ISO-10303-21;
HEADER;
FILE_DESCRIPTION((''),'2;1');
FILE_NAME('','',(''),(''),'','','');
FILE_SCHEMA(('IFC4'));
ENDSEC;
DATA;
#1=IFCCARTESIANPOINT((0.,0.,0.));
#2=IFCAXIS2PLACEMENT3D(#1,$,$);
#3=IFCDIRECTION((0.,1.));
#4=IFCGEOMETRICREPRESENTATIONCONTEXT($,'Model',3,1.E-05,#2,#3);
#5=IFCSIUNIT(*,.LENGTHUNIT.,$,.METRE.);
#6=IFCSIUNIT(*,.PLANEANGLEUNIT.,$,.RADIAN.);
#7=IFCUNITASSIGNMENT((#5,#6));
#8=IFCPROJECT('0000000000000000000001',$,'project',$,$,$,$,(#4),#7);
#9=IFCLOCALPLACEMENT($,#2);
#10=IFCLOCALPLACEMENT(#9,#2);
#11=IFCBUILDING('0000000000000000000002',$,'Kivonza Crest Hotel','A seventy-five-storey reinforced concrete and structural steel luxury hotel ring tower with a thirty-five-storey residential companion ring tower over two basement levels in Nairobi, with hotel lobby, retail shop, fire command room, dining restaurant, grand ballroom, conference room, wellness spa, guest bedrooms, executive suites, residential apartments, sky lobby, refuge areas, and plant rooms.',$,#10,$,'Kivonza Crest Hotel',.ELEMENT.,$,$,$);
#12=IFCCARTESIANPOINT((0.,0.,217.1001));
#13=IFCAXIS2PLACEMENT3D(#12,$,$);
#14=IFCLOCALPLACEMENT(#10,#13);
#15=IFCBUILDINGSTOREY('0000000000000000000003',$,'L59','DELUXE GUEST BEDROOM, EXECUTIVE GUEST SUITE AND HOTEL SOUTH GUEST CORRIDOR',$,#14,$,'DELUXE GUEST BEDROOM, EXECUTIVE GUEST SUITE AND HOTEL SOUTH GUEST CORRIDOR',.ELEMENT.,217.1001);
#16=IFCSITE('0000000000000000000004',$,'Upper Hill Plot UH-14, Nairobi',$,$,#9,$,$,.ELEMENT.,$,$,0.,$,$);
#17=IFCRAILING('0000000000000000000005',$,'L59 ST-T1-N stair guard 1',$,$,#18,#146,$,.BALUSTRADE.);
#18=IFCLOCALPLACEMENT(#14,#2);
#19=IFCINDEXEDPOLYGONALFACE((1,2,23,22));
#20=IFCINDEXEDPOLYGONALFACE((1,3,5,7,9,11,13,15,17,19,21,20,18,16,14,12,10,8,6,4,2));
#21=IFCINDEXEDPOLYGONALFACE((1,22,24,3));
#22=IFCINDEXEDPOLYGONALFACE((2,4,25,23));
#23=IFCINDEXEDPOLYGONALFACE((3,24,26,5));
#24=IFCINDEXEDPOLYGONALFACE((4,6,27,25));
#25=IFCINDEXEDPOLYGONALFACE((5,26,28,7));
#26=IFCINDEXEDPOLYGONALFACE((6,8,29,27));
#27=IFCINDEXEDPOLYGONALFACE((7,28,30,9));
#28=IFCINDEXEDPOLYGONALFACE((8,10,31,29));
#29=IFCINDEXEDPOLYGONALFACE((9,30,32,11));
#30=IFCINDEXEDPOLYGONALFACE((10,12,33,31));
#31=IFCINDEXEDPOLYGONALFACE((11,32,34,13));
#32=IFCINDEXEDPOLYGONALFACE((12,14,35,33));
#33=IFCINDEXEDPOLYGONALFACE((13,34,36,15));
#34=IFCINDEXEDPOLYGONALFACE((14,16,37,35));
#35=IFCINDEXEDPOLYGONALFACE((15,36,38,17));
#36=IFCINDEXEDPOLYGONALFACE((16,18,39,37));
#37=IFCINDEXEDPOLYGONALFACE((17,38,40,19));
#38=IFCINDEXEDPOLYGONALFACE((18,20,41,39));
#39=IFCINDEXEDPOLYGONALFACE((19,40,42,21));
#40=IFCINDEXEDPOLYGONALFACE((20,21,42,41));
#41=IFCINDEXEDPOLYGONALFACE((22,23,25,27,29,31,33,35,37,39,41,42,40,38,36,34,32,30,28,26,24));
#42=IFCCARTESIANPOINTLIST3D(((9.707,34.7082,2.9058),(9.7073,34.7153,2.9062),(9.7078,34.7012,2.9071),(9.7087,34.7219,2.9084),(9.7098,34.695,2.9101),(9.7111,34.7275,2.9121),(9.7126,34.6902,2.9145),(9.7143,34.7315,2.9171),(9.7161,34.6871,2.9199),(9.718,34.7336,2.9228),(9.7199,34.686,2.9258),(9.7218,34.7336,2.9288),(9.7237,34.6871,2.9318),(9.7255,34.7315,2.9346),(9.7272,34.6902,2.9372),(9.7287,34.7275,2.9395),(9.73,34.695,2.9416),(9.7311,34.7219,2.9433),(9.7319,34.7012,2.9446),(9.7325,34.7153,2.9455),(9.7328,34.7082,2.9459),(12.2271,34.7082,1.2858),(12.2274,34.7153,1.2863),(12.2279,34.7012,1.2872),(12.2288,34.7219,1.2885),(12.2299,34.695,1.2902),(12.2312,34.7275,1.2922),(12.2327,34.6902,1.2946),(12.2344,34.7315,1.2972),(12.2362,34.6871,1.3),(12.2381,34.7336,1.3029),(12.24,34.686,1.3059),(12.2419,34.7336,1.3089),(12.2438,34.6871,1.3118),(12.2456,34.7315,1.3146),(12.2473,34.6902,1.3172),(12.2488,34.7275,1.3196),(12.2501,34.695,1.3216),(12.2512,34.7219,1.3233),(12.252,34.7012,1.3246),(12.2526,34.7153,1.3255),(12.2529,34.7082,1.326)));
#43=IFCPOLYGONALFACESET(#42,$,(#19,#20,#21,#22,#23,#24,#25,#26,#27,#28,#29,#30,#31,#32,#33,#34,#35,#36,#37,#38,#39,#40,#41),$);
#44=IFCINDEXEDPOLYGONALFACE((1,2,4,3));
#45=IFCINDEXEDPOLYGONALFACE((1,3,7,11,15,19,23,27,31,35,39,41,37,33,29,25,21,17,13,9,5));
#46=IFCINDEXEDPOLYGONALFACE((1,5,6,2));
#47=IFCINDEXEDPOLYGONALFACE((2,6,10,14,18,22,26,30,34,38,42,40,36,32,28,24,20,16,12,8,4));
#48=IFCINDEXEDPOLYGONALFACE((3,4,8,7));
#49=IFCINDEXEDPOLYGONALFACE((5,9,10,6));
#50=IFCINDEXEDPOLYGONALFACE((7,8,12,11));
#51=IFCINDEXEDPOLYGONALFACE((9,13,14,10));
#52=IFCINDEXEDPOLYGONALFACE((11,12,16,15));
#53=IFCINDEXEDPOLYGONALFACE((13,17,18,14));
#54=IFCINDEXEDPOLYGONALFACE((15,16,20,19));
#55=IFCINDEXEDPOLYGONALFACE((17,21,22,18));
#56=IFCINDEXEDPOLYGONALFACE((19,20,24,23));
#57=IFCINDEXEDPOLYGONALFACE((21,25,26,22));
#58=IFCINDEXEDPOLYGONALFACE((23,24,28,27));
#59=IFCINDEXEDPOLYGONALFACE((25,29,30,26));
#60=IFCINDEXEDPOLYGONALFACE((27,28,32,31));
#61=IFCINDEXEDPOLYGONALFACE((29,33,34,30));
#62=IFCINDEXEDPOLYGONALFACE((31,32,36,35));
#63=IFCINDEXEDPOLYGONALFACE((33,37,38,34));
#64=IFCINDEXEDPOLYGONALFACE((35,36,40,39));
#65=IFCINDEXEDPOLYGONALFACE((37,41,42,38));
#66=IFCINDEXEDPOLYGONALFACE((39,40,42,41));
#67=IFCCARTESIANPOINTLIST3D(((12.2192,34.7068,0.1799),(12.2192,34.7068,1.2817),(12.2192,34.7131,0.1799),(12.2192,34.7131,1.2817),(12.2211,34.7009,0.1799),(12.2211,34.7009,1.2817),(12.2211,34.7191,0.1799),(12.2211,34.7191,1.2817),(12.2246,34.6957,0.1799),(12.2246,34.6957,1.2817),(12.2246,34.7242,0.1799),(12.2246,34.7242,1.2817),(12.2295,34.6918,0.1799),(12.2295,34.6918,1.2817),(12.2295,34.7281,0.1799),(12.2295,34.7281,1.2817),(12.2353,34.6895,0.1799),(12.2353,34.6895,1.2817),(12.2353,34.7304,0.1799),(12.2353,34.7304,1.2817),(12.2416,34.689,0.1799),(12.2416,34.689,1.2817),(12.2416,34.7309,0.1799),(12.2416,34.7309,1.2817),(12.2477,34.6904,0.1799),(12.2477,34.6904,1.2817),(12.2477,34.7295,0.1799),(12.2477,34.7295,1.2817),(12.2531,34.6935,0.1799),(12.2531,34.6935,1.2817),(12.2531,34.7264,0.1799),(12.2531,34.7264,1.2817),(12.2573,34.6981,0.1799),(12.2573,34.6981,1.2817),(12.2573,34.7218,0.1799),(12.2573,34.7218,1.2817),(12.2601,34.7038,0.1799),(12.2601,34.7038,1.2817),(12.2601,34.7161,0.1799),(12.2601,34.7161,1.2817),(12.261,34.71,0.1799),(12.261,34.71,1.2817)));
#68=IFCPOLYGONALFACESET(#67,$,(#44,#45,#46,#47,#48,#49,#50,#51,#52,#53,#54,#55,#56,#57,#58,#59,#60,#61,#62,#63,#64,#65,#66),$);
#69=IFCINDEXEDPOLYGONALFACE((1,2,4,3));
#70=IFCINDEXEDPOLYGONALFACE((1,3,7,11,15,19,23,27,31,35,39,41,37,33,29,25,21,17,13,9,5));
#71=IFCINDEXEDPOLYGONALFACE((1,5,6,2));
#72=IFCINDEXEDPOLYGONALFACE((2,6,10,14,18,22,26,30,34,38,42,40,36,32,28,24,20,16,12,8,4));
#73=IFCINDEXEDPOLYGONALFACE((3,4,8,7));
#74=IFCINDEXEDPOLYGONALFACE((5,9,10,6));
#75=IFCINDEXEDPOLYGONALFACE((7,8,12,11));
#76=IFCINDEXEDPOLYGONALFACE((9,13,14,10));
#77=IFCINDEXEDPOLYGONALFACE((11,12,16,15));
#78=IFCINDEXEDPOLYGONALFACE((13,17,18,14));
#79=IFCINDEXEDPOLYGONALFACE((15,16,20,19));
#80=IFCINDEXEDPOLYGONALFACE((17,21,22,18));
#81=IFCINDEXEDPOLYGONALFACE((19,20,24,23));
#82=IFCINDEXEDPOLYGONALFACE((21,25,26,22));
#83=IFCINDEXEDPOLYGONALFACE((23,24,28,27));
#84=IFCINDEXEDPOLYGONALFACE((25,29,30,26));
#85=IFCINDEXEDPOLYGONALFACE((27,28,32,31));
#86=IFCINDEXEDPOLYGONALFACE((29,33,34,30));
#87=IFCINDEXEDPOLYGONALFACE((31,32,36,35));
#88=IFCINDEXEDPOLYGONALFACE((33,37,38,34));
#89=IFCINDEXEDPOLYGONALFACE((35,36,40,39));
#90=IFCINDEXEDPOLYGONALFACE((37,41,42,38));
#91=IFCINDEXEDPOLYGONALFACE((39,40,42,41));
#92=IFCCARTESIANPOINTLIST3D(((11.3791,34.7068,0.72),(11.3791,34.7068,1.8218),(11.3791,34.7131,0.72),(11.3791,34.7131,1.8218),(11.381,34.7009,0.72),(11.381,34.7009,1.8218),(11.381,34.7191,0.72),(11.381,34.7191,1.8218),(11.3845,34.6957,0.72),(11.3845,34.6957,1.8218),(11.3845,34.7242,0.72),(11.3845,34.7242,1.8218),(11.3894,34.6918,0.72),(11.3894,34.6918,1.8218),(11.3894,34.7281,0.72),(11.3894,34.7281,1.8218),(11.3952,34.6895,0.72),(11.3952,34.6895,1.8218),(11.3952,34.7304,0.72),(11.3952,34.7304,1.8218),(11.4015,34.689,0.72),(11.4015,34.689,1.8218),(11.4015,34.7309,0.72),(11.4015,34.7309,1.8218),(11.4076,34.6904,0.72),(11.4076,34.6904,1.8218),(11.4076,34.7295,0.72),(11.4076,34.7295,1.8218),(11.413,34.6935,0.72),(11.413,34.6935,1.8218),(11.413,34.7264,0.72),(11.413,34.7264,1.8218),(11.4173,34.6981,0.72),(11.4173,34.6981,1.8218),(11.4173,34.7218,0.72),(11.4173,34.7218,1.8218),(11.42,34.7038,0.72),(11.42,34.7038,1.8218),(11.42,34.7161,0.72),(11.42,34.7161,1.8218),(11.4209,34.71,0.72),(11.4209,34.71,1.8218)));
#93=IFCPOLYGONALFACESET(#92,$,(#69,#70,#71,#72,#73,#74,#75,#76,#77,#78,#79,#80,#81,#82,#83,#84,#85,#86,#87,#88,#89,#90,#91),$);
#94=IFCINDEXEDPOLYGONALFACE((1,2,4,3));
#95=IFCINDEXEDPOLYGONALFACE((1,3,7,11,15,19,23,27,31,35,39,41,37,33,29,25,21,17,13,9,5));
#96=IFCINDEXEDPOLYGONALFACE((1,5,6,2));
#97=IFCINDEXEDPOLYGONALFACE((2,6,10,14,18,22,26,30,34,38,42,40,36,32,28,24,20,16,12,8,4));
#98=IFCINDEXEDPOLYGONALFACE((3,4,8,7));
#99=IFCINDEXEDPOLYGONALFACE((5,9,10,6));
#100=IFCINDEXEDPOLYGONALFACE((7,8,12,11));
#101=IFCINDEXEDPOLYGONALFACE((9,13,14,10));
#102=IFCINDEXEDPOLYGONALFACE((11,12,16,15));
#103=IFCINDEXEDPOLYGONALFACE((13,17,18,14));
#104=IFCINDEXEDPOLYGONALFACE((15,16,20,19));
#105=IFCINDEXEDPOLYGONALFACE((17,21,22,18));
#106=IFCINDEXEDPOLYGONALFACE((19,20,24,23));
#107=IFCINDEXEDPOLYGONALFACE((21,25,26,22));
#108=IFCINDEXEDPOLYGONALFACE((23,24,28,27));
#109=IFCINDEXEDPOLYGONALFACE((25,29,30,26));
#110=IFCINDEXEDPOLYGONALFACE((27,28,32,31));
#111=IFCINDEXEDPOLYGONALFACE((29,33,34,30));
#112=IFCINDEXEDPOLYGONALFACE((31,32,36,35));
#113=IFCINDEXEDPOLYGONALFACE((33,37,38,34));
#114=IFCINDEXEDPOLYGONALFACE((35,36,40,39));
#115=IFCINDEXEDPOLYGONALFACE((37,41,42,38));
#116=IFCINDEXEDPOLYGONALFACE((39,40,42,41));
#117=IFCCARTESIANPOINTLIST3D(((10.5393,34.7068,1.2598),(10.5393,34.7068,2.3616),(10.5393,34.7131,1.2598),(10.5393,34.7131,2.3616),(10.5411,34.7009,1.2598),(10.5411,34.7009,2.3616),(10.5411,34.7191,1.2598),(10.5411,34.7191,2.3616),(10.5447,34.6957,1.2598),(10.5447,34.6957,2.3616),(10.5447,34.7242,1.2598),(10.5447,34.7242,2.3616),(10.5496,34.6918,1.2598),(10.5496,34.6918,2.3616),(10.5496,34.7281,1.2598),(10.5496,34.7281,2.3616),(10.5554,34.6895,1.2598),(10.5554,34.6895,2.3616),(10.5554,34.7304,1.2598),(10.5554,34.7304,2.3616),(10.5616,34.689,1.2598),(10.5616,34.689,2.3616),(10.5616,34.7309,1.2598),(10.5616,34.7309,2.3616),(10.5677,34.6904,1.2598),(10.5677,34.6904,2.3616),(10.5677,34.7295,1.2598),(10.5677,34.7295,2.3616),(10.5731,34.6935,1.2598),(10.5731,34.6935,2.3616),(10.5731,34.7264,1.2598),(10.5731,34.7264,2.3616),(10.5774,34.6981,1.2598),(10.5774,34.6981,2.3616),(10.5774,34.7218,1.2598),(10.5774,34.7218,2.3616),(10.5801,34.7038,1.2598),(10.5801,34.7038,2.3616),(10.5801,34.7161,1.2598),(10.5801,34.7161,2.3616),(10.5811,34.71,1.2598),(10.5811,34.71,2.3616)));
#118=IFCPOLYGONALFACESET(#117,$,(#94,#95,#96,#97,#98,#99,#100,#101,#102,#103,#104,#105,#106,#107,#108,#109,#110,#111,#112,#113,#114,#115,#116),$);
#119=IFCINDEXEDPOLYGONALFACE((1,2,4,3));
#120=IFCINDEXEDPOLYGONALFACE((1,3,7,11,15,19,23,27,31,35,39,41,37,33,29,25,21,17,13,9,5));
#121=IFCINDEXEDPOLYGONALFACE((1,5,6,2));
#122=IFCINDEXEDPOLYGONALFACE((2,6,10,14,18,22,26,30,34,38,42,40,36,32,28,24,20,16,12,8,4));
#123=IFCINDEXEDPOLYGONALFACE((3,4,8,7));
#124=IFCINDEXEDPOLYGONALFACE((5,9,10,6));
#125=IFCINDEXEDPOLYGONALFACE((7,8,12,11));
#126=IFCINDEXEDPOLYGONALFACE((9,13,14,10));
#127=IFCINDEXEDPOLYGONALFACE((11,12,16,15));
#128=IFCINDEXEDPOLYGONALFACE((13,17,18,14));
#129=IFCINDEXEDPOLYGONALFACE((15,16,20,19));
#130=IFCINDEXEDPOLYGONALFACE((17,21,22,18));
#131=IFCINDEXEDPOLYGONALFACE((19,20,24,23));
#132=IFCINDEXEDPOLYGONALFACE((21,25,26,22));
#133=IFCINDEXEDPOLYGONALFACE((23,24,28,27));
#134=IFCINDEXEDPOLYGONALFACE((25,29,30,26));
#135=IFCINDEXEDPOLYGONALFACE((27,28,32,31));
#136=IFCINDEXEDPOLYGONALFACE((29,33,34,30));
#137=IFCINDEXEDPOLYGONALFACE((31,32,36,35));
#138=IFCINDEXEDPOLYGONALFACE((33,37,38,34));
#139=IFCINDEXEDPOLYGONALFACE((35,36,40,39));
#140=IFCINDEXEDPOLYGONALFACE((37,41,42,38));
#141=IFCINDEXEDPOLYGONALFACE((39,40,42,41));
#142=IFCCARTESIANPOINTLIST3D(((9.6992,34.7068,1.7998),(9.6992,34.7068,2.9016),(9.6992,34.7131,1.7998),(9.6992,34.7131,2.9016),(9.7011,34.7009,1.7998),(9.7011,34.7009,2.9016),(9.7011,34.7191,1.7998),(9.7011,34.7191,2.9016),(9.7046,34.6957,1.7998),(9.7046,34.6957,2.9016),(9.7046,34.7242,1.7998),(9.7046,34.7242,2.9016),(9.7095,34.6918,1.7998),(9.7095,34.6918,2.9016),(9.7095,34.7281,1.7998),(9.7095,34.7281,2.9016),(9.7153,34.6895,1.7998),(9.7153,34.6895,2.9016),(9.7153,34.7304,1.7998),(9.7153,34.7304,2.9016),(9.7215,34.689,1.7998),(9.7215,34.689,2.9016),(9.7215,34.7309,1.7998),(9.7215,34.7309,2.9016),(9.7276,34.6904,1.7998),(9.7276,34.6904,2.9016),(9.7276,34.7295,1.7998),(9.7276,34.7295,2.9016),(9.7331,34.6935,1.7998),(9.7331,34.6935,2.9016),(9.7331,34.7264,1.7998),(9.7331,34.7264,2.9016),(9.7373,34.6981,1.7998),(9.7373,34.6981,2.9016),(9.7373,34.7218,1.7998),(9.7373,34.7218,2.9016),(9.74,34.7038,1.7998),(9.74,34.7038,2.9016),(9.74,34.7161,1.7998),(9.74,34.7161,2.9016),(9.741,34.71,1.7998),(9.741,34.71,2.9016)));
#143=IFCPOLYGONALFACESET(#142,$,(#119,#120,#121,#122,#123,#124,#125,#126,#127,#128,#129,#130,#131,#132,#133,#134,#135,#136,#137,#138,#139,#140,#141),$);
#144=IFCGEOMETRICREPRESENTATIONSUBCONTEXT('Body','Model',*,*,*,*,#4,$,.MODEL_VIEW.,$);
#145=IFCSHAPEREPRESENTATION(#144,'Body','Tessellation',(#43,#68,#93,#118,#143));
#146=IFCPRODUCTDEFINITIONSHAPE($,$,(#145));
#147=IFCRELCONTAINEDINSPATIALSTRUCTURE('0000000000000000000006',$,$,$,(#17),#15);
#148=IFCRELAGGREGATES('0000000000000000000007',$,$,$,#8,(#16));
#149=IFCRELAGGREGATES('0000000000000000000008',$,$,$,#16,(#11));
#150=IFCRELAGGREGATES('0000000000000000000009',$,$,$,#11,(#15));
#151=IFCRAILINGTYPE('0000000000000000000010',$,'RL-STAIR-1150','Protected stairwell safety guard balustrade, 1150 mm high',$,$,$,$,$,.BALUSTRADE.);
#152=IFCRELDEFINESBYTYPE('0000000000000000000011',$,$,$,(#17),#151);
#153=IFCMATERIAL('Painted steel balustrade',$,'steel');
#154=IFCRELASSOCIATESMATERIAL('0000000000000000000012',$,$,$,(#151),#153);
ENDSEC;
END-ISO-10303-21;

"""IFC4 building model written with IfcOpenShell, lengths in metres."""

from ifc_helpers import new_model, si_unit, direction, frame, origin, origin_2d, place, context, subcontext, project, spatial, circle, extrude, material, type_object, element, save


model = new_model("IFC4")

# Units and contexts
model_context = context("Model", 3, precision=1e-05, world=origin(), true_north=direction((0.0, 1.0)))
body_context = subcontext(model_context, "Body", "Model", "MODEL_VIEW")
ifc_project = project(units=[si_unit("LENGTHUNIT", "METRE"), si_unit("PLANEANGLEUNIT", "RADIAN")], contexts=[model_context])

# Site, building, storey
site_placement = place(None, origin())
site = spatial("IfcSite", under=ifc_project, at=site_placement, Name="Upper Hill Plot UH-14, Nairobi", CompositionType="ELEMENT", RefElevation=0.0)
building_placement = place(site_placement, origin())
building = spatial("IfcBuilding", under=site, at=building_placement, Name="Kivonza Crest Hotel", Description="A seventy-five-storey reinforced concrete and structural steel luxury hotel ring tower with a thirty-five-storey residential companion ring tower over two basement levels in Nairobi, with hotel lobby, retail shop, fire command room, dining restaurant, grand ballroom, conference room, wellness spa, guest bedrooms, executive suites, residential apartments, sky lobby, refuge areas, and plant rooms.", LongName="Kivonza Crest Hotel", CompositionType="ELEMENT")
storey_placement = place(building_placement, frame((0.0, 0.0, 217.1001)))
storey = spatial("IfcBuildingStorey", under=building, at=storey_placement, Name="L59", Description="DELUXE GUEST BEDROOM, EXECUTIVE GUEST SUITE AND HOTEL SOUTH GUEST CORRIDOR", LongName="DELUXE GUEST BEDROOM, EXECUTIVE GUEST SUITE AND HOTEL SOUTH GUEST CORRIDOR", CompositionType="ELEMENT", Elevation=217.1001)

# Railing
ifc_material_1 = material(Name="Painted steel balustrade", Category="steel")
railing_type_1 = type_object("IfcRailingType", Name="RL-STAIR-1150", Description="Protected stairwell safety guard balustrade, 1150 mm high", PredefinedType="BALUSTRADE", material=ifc_material_1)
railing_1_placement = place(storey_placement, frame((12.24, 34.71, 0.1799)))
element("IfcRailing", 1, at=railing_1_placement, inside=storey, type_object=railing_type_1, Name="L59 ST-T1-N stair guard 1", PredefinedType="BALUSTRADE", context=body_context, shape_type="SweptSolid", body=[
    extrude(circle(Radius=0.0239, at=origin_2d()), frame((0.0, 0.0, 1.126), z_axis=(-0.8412, 0.0, 0.540725), x_axis=(0.0, -1.0, 0.0)), (0.0, 0.0, 1.0), 2.9958),
    extrude(circle(Radius=0.021, at=origin_2d()), origin(), (0.0, 0.0, 1.0), 1.1018),
    extrude(circle(Radius=0.021, at=origin_2d()), frame((-0.8401, 0.0, 0.54)), (0.0, 0.0, 1.0), 1.1018),
    extrude(circle(Radius=0.021, at=origin_2d()), frame((-1.6799, 0.0, 1.0798)), (0.0, 0.0, 1.0), 1.1018),
    extrude(circle(Radius=0.021, at=origin_2d()), frame((-2.52, 0.0, 1.6199)), (0.0, 0.0, 1.0), 1.1018),
])

save(model, "model.ifc")
